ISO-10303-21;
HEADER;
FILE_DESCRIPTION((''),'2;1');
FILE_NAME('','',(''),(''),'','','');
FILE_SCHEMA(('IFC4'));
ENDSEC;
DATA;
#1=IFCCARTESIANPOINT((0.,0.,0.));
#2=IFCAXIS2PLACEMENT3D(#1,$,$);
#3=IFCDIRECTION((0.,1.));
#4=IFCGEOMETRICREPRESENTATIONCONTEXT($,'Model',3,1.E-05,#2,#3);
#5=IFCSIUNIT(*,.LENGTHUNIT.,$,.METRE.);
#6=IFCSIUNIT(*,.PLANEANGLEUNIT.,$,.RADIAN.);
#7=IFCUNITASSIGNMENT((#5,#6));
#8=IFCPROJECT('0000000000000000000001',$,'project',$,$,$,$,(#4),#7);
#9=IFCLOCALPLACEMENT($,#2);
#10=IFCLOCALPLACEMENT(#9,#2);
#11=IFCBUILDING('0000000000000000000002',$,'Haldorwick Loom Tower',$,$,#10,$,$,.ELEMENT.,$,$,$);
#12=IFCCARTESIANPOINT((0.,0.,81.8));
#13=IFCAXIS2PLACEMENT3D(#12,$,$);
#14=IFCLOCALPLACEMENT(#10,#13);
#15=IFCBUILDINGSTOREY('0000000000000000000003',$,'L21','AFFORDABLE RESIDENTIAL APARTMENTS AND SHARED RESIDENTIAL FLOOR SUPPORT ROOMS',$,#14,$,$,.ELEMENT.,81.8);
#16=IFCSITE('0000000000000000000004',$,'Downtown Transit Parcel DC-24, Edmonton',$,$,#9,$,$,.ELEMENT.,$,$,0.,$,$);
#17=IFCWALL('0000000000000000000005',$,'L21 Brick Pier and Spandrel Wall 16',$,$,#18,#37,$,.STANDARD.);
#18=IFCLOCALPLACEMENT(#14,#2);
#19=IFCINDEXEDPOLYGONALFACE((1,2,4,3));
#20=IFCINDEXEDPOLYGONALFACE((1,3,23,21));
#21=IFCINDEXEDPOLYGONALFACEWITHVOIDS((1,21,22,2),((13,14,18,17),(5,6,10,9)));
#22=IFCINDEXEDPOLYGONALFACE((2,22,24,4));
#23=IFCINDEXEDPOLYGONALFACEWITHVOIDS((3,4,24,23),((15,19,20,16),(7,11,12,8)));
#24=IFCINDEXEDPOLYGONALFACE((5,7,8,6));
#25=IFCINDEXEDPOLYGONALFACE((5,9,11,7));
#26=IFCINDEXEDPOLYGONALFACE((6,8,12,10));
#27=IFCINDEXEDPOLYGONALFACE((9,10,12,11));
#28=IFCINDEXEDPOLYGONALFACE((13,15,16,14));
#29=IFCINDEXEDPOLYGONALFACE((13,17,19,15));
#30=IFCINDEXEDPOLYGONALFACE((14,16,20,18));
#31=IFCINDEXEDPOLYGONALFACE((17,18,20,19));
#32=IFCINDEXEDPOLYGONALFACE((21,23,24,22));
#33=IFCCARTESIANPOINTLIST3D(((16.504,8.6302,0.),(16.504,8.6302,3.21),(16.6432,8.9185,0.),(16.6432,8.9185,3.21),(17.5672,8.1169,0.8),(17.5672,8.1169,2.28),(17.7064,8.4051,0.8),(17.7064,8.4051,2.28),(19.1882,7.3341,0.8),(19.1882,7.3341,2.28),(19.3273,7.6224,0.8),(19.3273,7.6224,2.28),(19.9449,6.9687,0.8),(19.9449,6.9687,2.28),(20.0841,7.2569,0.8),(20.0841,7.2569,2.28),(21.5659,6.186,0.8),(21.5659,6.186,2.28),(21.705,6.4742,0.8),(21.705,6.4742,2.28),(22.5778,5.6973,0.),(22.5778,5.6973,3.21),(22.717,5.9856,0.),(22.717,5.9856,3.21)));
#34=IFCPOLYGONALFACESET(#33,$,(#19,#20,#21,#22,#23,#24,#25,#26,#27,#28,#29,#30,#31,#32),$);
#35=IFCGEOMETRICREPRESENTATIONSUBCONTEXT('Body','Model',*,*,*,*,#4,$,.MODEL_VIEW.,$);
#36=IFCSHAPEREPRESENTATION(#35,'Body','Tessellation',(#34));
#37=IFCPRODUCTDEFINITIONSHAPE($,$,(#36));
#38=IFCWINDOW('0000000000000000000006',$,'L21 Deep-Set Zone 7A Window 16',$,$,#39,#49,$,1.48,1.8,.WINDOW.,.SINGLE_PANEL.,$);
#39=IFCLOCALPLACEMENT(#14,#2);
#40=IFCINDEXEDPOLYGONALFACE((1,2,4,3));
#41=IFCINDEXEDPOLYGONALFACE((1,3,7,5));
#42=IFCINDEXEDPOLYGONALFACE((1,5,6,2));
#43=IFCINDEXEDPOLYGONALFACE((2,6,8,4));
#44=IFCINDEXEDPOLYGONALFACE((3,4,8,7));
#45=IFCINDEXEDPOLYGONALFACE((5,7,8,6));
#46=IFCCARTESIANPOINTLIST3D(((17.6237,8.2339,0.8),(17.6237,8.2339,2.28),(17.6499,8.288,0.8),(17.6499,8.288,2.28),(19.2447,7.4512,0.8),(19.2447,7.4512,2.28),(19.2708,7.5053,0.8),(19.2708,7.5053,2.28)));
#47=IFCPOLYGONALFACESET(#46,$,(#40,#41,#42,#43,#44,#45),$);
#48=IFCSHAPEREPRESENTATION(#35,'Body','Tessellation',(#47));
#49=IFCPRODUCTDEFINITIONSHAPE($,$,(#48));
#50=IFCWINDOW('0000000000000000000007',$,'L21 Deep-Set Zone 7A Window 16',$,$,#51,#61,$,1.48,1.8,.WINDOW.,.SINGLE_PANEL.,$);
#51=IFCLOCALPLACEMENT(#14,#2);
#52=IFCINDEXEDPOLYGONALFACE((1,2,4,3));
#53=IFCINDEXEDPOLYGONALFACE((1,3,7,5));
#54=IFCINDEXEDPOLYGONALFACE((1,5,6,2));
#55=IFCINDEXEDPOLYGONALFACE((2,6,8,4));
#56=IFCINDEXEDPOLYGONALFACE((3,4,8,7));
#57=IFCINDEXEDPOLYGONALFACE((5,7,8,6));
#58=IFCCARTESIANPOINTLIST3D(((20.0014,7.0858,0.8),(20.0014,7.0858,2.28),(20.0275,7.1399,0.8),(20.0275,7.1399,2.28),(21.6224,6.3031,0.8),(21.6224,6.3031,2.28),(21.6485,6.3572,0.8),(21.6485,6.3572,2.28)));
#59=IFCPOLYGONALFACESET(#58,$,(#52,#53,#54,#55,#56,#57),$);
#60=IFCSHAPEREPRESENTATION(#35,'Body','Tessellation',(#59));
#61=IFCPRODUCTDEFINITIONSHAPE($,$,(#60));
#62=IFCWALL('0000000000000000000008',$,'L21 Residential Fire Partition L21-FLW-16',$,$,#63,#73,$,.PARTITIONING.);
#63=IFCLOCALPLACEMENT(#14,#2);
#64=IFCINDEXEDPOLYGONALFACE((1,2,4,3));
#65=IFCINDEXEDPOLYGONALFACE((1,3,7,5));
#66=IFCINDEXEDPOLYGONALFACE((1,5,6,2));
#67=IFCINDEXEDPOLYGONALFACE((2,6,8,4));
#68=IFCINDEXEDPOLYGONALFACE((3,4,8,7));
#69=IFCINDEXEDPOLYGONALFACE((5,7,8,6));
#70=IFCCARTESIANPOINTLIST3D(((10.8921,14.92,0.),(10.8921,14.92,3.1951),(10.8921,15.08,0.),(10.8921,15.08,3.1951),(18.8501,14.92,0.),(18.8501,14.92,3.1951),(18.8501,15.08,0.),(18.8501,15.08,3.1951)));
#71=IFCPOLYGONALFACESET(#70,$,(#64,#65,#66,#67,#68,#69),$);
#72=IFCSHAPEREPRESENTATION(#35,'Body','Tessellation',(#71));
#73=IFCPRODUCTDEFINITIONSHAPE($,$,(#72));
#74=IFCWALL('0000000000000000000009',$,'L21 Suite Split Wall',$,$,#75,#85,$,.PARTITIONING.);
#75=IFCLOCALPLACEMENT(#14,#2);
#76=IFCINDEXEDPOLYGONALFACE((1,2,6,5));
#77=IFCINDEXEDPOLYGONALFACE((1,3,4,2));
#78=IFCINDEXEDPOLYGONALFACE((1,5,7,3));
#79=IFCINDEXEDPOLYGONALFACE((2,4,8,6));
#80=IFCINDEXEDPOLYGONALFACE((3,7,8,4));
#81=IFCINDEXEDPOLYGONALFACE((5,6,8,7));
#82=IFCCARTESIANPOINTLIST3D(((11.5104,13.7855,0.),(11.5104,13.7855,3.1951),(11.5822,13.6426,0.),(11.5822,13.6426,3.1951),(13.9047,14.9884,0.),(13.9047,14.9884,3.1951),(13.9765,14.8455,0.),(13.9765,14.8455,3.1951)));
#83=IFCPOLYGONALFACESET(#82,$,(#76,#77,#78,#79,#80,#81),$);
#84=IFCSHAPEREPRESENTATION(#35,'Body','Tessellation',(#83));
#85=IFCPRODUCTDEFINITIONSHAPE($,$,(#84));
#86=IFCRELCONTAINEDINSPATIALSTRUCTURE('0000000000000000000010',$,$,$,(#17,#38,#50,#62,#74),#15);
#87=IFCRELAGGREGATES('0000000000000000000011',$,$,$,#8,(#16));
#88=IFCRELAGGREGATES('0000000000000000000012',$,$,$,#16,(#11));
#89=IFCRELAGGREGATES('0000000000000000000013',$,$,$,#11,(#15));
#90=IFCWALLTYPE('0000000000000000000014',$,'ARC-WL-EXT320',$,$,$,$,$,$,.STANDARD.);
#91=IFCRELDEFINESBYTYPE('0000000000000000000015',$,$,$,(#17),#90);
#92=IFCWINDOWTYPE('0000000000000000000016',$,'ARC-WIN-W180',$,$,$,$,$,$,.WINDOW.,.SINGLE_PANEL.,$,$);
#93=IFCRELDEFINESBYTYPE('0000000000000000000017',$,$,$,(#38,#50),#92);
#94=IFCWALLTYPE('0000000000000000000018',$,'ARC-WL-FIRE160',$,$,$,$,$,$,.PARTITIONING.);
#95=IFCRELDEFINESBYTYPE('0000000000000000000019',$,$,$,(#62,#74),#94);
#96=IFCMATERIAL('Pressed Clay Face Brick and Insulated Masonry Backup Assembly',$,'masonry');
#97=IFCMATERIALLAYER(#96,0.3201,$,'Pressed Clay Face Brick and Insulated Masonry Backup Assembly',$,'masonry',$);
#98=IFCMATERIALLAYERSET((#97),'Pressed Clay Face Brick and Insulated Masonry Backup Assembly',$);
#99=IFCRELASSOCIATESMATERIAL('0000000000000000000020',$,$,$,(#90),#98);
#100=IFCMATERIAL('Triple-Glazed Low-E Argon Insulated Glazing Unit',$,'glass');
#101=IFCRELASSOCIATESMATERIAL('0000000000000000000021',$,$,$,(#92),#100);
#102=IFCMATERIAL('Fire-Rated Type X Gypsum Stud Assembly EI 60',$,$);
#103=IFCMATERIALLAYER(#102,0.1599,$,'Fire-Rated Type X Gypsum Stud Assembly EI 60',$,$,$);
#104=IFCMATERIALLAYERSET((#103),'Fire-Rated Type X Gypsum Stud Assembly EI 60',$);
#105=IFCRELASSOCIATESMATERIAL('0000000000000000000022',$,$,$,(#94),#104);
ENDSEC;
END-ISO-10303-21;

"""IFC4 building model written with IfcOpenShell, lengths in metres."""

from ifc_helpers import new_model, si_unit, direction, frame, frame_2d, origin, place, context, subcontext, project, spatial, rectangle, extrude, material, layer, layer_set, type_object, element, fill, save


model = new_model("IFC4")

# Units and contexts
model_context = context("Model", 3, precision=1e-05, world=origin(), true_north=direction((0.0, 1.0)))
body_context = subcontext(model_context, "Body", "Model", "MODEL_VIEW")
ifc_project = project(units=[si_unit("LENGTHUNIT", "METRE"), si_unit("PLANEANGLEUNIT", "RADIAN")], contexts=[model_context])

# Site, building, storey
site_placement = place(None, origin())
site = spatial("IfcSite", under=ifc_project, at=site_placement, Name="Downtown Transit Parcel DC-24, Edmonton", CompositionType="ELEMENT", RefElevation=0.0)
building_placement = place(site_placement, origin())
building = spatial("IfcBuilding", under=site, at=building_placement, Name="Haldorwick Loom Tower", CompositionType="ELEMENT")
storey_placement = place(building_placement, frame((0.0, 0.0, 81.8)))
storey = spatial("IfcBuildingStorey", under=building, at=storey_placement, Name="L21", Description="AFFORDABLE RESIDENTIAL APARTMENTS AND SHARED RESIDENTIAL FLOOR SUPPORT ROOMS", CompositionType="ELEMENT", Elevation=81.8)

# Shared definitions
ifc_material_1 = material(Name="Pressed Clay Face Brick and Insulated Masonry Backup Assembly", Category="masonry")
ifc_layer_1 = layer(ifc_material_1, 0.3201, Name="Pressed Clay Face Brick and Insulated Masonry Backup Assembly", Category="masonry")
ifc_layer_set_1 = layer_set([ifc_layer_1], Name="Pressed Clay Face Brick and Insulated Masonry Backup Assembly")
wall_type_1 = type_object("IfcWallType", Name="ARC-WL-EXT320", PredefinedType="STANDARD", material=ifc_layer_set_1)

# Wall, openings, windows
wall_1_placement = place(storey_placement, frame((16.5735, 8.7744, 0.0), z_axis=(0.0, 0.0, 1.0), x_axis=(0.90051, -0.434835, 0.0)))
wall_1 = element("IfcWall", 1, at=wall_1_placement, inside=storey, type_object=wall_type_1, Name="L21 Brick Pier and Spandrel Wall 16", PredefinedType="STANDARD", context=body_context, shape_type="SweptSolid", body=[
    extrude(rectangle(XDim=6.7449, YDim=0.3201, at=frame_2d((3.3726, 0.0))), origin(), (0.0, 0.0, 1.0), 3.21),
])
opening_1_placement = place(wall_1_placement, frame((1.1809, 0.0, 0.8)))
opening_1 = element("IfcOpeningElement", 2, at=opening_1_placement, cuts=wall_1, PredefinedType="OPENING", context=body_context, shape_type="SweptSolid", body=[
    extrude(rectangle(XDim=1.8, YDim=1.48, at=frame_2d((0.8999, 0.74))), frame((0.0, 0.1699, 0.0), z_axis=(0.0, -1.0, 0.0), x_axis=(1.0, 0.0, 0.0)), (0.0, 0.0, 1.0), 0.3401),
])
opening_2_placement = place(wall_1_placement, frame((3.8213, 0.0, 0.8)))
opening_2 = element("IfcOpeningElement", 3, at=opening_2_placement, cuts=wall_1, PredefinedType="OPENING", context=body_context, shape_type="SweptSolid", body=[
    extrude(rectangle(XDim=1.8, YDim=1.48, at=frame_2d((0.8999, 0.74))), frame((0.0, 0.1699, 0.0), z_axis=(0.0, -1.0, 0.0), x_axis=(1.0, 0.0, 0.0)), (0.0, 0.0, 1.0), 0.3401),
])
ifc_material_2 = material(Name="Triple-Glazed Low-E Argon Insulated Glazing Unit", Category="glass")
window_type = type_object("IfcWindowType", Name="ARC-WIN-W180", PartitioningType="SINGLE_PANEL", PredefinedType="WINDOW", material=ifc_material_2)
window_1_placement = place(opening_1_placement, origin())
window_1 = element("IfcWindow", 4, at=window_1_placement, inside=storey, type_object=window_type, Name="L21 Deep-Set Zone 7A Window 16", OverallHeight=1.48, OverallWidth=1.8, PartitioningType="SINGLE_PANEL", PredefinedType="WINDOW", context=body_context, shape_type="SweptSolid", body=[
    extrude(rectangle(XDim=1.8, YDim=1.48, at=frame_2d((0.8999, 0.74))), frame((0.0, 0.03, 0.0), z_axis=(0.0, -1.0, 0.0), x_axis=(1.0, 0.0, 0.0)), (0.0, 0.0, 1.0), 0.0601),
])
fill(opening_1, window_1)
window_2_placement = place(opening_2_placement, origin())
window_2 = element("IfcWindow", 5, at=window_2_placement, inside=storey, type_object=window_type, Name="L21 Deep-Set Zone 7A Window 16", OverallHeight=1.48, OverallWidth=1.8, PartitioningType="SINGLE_PANEL", PredefinedType="WINDOW", context=body_context, shape_type="SweptSolid", body=[
    extrude(rectangle(XDim=1.8, YDim=1.48, at=frame_2d((0.8999, 0.74))), frame((0.0, 0.03, 0.0), z_axis=(0.0, -1.0, 0.0), x_axis=(1.0, 0.0, 0.0)), (0.0, 0.0, 1.0), 0.0601),
])
fill(opening_2, window_2)

# Walls
ifc_material_3 = material(Name="Fire-Rated Type X Gypsum Stud Assembly EI 60")
ifc_layer_2 = layer(ifc_material_3, 0.1599, Name="Fire-Rated Type X Gypsum Stud Assembly EI 60")
ifc_layer_set_2 = layer_set([ifc_layer_2], Name="Fire-Rated Type X Gypsum Stud Assembly EI 60")
wall_type_2 = type_object("IfcWallType", Name="ARC-WL-FIRE160", PredefinedType="PARTITIONING", material=ifc_layer_set_2)
wall_2_placement = place(storey_placement, frame((10.8921, 15.0, 0.0), z_axis=(0.0, 0.0, 1.0), x_axis=(1.0, 0.0, 0.0)))
element("IfcWall", 6, at=wall_2_placement, inside=storey, type_object=wall_type_2, Name="L21 Residential Fire Partition L21-FLW-16", PredefinedType="PARTITIONING", context=body_context, shape_type="SweptSolid", body=[
    extrude(rectangle(XDim=7.958, YDim=0.1599, at=frame_2d((3.979, 0.0))), origin(), (0.0, 0.0, 1.0), 3.1951),
])
wall_3_placement = place(storey_placement, frame((13.9407, 14.917, 0.0), z_axis=(0.0, 0.0, 1.0), x_axis=(-0.893569, -0.448926, 0.0)))
element("IfcWall", 7, at=wall_3_placement, inside=storey, type_object=wall_type_2, Name="L21 Suite Split Wall", PredefinedType="PARTITIONING", context=body_context, shape_type="SweptSolid", body=[
    extrude(rectangle(XDim=2.6794, YDim=0.1599, at=frame_2d((1.3398, 0.0))), origin(), (0.0, 0.0, 1.0), 3.1951),
])

save(model, "model.ifc")
